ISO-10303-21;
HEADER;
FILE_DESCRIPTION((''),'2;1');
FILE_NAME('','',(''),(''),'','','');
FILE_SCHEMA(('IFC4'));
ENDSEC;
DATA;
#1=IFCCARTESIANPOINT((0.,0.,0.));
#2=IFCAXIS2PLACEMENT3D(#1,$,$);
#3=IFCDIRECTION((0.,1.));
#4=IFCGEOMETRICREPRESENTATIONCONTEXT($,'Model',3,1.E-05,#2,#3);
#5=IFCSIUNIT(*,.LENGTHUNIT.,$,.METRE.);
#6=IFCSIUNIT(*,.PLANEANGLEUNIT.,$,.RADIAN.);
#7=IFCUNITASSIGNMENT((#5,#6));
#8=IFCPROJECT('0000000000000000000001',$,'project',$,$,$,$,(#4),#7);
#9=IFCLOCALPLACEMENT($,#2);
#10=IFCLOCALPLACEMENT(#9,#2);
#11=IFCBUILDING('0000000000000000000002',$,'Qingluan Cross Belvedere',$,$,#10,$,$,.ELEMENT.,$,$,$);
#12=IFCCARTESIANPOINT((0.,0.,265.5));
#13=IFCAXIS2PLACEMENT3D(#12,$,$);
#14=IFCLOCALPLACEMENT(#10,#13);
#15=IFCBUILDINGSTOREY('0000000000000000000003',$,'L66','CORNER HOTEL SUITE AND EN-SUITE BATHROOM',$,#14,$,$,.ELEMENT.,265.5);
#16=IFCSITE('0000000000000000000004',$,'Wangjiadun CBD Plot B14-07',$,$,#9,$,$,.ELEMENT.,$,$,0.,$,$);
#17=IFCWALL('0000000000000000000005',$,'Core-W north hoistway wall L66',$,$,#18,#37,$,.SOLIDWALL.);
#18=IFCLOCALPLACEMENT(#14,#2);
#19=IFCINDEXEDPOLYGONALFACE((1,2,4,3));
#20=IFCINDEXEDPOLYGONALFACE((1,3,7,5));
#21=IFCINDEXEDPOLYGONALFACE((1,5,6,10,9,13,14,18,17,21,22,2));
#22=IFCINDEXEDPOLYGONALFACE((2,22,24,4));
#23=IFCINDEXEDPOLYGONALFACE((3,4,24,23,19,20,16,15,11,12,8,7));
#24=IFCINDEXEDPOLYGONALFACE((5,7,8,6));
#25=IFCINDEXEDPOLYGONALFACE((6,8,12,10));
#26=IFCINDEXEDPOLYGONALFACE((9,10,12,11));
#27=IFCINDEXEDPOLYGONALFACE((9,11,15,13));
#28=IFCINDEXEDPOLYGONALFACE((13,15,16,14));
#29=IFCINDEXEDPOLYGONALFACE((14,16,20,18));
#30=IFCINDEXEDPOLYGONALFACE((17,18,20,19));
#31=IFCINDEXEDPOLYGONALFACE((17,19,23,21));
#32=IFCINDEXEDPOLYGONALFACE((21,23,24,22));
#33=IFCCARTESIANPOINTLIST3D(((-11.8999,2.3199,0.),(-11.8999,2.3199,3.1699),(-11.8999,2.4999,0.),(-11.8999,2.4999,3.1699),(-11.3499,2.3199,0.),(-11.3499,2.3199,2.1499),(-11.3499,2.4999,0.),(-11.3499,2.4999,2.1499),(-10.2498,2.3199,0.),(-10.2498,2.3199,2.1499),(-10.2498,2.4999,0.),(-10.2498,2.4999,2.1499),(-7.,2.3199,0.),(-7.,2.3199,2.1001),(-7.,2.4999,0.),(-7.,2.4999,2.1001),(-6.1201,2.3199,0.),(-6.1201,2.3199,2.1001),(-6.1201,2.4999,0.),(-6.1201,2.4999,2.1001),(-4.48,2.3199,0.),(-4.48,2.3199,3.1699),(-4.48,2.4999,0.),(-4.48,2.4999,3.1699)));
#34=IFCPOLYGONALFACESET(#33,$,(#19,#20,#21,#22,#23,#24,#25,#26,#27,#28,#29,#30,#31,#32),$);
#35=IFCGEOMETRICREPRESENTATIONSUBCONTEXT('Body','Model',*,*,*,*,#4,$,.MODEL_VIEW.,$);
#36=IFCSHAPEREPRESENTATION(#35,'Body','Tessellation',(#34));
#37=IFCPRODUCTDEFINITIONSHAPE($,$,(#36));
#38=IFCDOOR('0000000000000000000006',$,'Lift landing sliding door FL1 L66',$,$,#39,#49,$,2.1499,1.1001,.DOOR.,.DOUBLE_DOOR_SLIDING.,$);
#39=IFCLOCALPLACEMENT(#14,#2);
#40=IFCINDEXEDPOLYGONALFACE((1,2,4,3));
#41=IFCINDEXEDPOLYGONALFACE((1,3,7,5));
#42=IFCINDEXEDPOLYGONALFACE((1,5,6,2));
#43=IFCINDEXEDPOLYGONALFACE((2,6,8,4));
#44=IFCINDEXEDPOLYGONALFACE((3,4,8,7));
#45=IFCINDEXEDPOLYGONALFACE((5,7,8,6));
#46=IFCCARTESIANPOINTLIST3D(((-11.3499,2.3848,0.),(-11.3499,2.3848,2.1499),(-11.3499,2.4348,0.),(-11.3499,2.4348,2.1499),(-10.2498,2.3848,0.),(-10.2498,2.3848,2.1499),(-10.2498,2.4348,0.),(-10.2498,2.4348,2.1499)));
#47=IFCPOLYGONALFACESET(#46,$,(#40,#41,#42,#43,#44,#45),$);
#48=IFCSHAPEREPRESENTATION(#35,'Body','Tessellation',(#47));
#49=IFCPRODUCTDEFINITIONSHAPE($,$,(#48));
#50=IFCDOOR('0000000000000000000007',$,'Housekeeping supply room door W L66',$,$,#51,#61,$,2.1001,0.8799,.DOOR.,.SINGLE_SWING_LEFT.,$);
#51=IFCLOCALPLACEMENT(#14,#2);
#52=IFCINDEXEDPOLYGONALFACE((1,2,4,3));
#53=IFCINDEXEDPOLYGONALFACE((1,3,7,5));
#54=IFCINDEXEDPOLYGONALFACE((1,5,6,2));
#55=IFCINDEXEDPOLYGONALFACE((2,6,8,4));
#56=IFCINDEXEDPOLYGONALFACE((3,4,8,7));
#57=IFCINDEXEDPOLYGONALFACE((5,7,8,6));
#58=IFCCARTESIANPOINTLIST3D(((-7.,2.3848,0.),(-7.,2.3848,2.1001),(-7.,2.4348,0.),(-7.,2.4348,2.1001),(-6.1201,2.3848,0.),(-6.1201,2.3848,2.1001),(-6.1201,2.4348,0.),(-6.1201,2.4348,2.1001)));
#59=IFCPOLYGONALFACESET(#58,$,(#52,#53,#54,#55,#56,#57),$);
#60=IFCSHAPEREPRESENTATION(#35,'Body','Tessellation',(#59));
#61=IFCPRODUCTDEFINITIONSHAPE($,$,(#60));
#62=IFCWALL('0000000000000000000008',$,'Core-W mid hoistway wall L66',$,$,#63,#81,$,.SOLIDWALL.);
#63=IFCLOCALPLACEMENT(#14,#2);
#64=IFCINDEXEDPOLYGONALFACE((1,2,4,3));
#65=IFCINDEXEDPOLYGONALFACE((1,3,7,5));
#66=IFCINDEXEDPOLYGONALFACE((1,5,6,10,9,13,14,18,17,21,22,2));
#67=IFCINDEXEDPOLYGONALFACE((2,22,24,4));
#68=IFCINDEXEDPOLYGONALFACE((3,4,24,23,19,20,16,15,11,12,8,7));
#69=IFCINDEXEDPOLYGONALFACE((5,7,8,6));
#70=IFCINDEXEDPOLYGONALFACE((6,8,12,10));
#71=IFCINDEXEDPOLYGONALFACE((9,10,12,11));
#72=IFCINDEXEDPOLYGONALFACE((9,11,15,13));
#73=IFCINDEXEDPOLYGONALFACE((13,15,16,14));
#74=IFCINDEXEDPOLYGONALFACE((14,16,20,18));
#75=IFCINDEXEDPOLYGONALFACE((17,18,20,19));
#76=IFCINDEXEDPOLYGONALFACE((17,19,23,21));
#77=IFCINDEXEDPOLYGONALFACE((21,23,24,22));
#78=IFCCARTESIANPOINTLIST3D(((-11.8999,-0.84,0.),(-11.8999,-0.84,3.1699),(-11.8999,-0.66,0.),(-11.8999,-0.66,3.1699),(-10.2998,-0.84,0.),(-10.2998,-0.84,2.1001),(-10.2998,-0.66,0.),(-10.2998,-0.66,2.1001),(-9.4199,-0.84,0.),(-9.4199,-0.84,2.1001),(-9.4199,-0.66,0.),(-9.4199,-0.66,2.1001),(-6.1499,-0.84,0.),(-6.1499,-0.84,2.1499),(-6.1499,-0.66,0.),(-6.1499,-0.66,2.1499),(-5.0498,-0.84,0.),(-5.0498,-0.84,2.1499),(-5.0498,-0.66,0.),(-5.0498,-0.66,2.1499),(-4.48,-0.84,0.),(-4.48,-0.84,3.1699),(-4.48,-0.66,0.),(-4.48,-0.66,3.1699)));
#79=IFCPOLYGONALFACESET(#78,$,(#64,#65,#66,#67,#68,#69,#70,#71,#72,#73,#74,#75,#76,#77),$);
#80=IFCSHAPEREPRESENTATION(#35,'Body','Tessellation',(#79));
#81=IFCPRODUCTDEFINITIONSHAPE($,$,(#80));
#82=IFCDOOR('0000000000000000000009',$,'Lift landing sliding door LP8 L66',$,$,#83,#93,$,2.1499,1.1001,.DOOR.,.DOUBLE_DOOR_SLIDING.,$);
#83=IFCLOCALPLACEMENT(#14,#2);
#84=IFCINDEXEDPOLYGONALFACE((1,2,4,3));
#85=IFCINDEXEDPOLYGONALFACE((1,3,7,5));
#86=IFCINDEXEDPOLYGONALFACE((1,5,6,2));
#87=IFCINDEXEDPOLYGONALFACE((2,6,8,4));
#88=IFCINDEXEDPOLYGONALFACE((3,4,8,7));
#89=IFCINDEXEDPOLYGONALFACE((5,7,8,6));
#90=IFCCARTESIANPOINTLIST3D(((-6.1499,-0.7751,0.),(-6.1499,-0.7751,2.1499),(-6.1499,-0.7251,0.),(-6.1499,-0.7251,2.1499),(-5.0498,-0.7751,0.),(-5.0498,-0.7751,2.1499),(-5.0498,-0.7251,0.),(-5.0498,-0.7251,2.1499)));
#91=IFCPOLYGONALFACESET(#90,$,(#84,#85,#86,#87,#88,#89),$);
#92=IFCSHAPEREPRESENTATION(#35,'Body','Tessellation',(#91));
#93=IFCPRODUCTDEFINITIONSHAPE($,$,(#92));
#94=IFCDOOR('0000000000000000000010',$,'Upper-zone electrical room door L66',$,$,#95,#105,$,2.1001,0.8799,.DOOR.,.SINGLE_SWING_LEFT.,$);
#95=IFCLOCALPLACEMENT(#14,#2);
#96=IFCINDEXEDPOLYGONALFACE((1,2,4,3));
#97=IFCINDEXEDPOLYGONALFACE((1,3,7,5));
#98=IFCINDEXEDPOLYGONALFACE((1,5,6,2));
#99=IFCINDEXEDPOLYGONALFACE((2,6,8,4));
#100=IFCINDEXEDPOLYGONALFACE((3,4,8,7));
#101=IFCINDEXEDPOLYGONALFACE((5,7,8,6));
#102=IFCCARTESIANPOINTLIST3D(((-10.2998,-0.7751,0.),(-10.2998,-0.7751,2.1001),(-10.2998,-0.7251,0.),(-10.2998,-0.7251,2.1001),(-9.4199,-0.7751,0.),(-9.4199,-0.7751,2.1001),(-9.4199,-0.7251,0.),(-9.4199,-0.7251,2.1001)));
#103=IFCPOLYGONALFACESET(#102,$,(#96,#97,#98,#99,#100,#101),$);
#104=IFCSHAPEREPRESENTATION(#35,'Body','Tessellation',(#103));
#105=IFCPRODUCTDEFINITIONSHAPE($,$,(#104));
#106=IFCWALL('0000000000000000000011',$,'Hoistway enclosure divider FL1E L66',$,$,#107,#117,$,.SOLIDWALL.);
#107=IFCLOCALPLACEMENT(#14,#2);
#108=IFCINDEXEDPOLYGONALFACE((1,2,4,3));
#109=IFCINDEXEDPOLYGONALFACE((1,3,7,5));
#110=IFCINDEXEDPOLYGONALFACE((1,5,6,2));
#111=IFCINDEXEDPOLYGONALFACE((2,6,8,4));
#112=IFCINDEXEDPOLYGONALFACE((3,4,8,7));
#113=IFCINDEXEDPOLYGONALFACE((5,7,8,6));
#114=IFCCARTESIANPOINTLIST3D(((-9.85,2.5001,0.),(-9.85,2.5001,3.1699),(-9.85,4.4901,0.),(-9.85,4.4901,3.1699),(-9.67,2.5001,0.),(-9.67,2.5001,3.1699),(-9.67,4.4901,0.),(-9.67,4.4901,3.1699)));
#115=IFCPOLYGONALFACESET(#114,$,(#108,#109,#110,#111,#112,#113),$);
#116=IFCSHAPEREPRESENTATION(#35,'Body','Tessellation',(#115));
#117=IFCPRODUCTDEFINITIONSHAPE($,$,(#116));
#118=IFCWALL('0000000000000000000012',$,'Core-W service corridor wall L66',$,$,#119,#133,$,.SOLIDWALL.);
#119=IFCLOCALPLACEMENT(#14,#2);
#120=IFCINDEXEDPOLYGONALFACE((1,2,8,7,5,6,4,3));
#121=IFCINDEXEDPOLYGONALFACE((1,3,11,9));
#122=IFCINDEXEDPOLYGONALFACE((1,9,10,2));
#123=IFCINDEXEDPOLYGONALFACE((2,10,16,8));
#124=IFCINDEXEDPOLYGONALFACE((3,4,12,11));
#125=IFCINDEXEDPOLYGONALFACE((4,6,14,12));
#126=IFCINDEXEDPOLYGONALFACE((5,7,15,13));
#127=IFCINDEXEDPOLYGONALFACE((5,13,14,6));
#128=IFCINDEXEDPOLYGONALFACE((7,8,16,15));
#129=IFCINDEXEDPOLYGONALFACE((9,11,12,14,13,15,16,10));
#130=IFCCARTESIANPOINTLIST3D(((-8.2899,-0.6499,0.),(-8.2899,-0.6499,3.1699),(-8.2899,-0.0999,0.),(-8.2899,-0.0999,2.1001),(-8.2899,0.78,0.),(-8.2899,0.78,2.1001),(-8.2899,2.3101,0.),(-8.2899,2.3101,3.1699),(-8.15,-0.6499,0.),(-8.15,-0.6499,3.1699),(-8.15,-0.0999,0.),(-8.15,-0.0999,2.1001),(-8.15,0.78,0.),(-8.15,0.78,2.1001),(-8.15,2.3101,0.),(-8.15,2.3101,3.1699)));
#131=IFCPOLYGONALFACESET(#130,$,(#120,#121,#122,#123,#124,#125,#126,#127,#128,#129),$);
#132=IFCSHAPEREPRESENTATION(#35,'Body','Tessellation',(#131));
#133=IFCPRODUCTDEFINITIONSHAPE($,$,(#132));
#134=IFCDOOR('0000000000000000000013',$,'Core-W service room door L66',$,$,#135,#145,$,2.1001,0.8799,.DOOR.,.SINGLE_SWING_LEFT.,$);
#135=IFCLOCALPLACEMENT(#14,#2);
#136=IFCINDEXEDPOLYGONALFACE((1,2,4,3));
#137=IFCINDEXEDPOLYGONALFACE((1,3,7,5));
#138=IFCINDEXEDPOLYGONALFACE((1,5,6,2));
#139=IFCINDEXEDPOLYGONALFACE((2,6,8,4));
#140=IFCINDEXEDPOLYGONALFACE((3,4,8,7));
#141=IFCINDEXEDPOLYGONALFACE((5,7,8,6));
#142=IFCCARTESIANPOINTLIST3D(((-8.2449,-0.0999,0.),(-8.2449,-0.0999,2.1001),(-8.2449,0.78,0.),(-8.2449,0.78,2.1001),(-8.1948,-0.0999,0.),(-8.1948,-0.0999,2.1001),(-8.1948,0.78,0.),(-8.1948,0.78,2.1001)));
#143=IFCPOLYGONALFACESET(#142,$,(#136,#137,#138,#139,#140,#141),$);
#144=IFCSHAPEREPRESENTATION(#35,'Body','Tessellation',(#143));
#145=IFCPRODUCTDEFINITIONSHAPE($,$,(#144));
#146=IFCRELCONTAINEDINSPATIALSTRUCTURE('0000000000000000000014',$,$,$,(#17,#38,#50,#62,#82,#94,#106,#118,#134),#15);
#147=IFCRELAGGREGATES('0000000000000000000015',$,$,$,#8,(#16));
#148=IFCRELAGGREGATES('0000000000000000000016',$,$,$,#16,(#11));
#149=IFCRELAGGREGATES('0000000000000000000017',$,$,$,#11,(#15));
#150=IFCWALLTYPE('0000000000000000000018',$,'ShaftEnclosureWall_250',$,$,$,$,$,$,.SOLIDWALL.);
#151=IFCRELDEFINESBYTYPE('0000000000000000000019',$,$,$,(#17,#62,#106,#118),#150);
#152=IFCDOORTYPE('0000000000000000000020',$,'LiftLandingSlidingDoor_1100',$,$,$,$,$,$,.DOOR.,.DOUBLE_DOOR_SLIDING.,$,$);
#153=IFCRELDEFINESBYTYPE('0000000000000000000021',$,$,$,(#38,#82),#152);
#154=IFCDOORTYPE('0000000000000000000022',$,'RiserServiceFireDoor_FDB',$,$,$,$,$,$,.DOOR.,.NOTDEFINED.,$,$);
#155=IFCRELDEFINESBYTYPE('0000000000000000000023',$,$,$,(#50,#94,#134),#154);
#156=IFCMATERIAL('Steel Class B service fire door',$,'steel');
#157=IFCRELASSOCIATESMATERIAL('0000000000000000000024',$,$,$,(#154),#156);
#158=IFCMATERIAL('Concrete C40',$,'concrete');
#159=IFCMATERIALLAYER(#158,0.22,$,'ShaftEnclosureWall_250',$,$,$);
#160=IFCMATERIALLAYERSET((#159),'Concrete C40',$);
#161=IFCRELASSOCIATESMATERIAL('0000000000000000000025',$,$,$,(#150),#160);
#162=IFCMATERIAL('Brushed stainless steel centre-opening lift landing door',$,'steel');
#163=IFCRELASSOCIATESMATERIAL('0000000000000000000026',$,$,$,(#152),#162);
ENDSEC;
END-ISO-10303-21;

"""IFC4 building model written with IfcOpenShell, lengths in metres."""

from ifc_helpers import new_model, si_unit, direction, frame, frame_2d, origin, place, context, subcontext, project, spatial, rectangle, extrude, material, layer, layer_set, type_object, element, fill, save


model = new_model("IFC4")

# Units and contexts
model_context = context("Model", 3, precision=1e-05, world=origin(), true_north=direction((0.0, 1.0)))
body_context = subcontext(model_context, "Body", "Model", "MODEL_VIEW")
ifc_project = project(units=[si_unit("LENGTHUNIT", "METRE"), si_unit("PLANEANGLEUNIT", "RADIAN")], contexts=[model_context])

# Site, building, storey
site_placement = place(None, origin())
site = spatial("IfcSite", under=ifc_project, at=site_placement, Name="Wangjiadun CBD Plot B14-07", CompositionType="ELEMENT", RefElevation=0.0)
building_placement = place(site_placement, origin())
building = spatial("IfcBuilding", under=site, at=building_placement, Name="Qingluan Cross Belvedere", CompositionType="ELEMENT")
storey_placement = place(building_placement, frame((0.0, 0.0, 265.5)))
storey = spatial("IfcBuildingStorey", under=building, at=storey_placement, Name="L66", Description="CORNER HOTEL SUITE AND EN-SUITE BATHROOM", CompositionType="ELEMENT", Elevation=265.5)

# Shared definitions
ifc_material_1 = material(Name="Steel Class B service fire door", Category="steel")
door_type_1 = type_object("IfcDoorType", Name="RiserServiceFireDoor_FDB", OperationType="NOTDEFINED", PredefinedType="DOOR", material=ifc_material_1)

# Walls, openings, doors
ifc_material_2 = material(Name="Concrete C40", Category="concrete")
ifc_layer_1 = layer(ifc_material_2, 0.22, Name="ShaftEnclosureWall_250")
ifc_layer_set_1 = layer_set([ifc_layer_1], Name="Concrete C40")
wall_type_1 = type_object("IfcWallType", Name="ShaftEnclosureWall_250", PredefinedType="SOLIDWALL", material=ifc_layer_set_1)
wall_1_placement = place(storey_placement, frame((-11.8999, 2.4099, 0.0), z_axis=(0.0, 0.0, 1.0), x_axis=(1.0, 0.0, 0.0)))
wall_1 = element("IfcWall", 1, at=wall_1_placement, inside=storey, type_object=wall_type_1, Name="Core-W north hoistway wall L66", PredefinedType="SOLIDWALL", context=body_context, shape_type="SweptSolid", body=[
    extrude(rectangle(XDim=7.4199, YDim=0.1799, at=frame_2d((3.71, 0.0))), origin(), (0.0, 0.0, 1.0), 3.1699),
])
opening_1_placement = place(wall_1_placement, frame((0.55, 0.0, 0.0)))
opening_1 = element("IfcOpeningElement", 2, at=opening_1_placement, cuts=wall_1, PredefinedType="OPENING", context=body_context, shape_type="SweptSolid", body=[
    extrude(rectangle(XDim=1.1001, YDim=2.1499, at=frame_2d((0.55, 1.075))), frame((0.0, 0.0999, 0.0), z_axis=(0.0, -1.0, 0.0), x_axis=(1.0, 0.0, 0.0)), (0.0, 0.0, 1.0), 0.2),
])
opening_2_placement = place(wall_1_placement, frame((4.8999, 0.0, 0.0)))
opening_2 = element("IfcOpeningElement", 3, at=opening_2_placement, cuts=wall_1, PredefinedType="OPENING", context=body_context, shape_type="SweptSolid", body=[
    extrude(rectangle(XDim=0.8799, YDim=2.1001, at=frame_2d((0.4399, 1.05))), frame((0.0, 0.0999, 0.0), z_axis=(0.0, -1.0, 0.0), x_axis=(1.0, 0.0, 0.0)), (0.0, 0.0, 1.0), 0.2),
])
ifc_material_3 = material(Name="Brushed stainless steel centre-opening lift landing door", Category="steel")
door_type_2 = type_object("IfcDoorType", Name="LiftLandingSlidingDoor_1100", OperationType="DOUBLE_DOOR_SLIDING", PredefinedType="DOOR", material=ifc_material_3)
door_1_placement = place(opening_1_placement, origin())
door_1 = element("IfcDoor", 4, at=door_1_placement, inside=storey, type_object=door_type_2, Name="Lift landing sliding door FL1 L66", OperationType="DOUBLE_DOOR_SLIDING", OverallHeight=2.1499, OverallWidth=1.1001, PredefinedType="DOOR", context=body_context, shape_type="SweptSolid", body=[
    extrude(rectangle(XDim=1.1001, YDim=2.1499, at=frame_2d((0.55, 1.075))), frame((0.0, 0.0249, 0.0), z_axis=(0.0, -1.0, 0.0), x_axis=(1.0, 0.0, 0.0)), (0.0, 0.0, 1.0), 0.05),
])
fill(opening_1, door_1)
door_2_placement = place(opening_2_placement, origin())
door_2 = element("IfcDoor", 5, at=door_2_placement, inside=storey, type_object=door_type_1, Name="Housekeeping supply room door W L66", OperationType="SINGLE_SWING_LEFT", OverallHeight=2.1001, OverallWidth=0.8799, PredefinedType="DOOR", context=body_context, shape_type="SweptSolid", body=[
    extrude(rectangle(XDim=0.8799, YDim=2.1001, at=frame_2d((0.4399, 1.05))), frame((0.0, 0.0249, 0.0), z_axis=(0.0, -1.0, 0.0), x_axis=(1.0, 0.0, 0.0)), (0.0, 0.0, 1.0), 0.05),
])
fill(opening_2, door_2)
wall_2_placement = place(storey_placement, frame((-11.8999, -0.75, 0.0), z_axis=(0.0, 0.0, 1.0), x_axis=(1.0, 0.0, 0.0)))
wall_2 = element("IfcWall", 6, at=wall_2_placement, inside=storey, type_object=wall_type_1, Name="Core-W mid hoistway wall L66", PredefinedType="SOLIDWALL", context=body_context, shape_type="SweptSolid", body=[
    extrude(rectangle(XDim=7.4199, YDim=0.1799, at=frame_2d((3.71, 0.0))), origin(), (0.0, 0.0, 1.0), 3.1699),
])
opening_3_placement = place(wall_2_placement, frame((5.75, 0.0, 0.0)))
opening_3 = element("IfcOpeningElement", 7, at=opening_3_placement, cuts=wall_2, PredefinedType="OPENING", context=body_context, shape_type="SweptSolid", body=[
    extrude(rectangle(XDim=1.1001, YDim=2.1499, at=frame_2d((0.55, 1.075))), frame((0.0, 0.0999, 0.0), z_axis=(0.0, -1.0, 0.0), x_axis=(1.0, 0.0, 0.0)), (0.0, 0.0, 1.0), 0.2),
])
opening_4_placement = place(wall_2_placement, frame((1.6001, 0.0, 0.0)))
opening_4 = element("IfcOpeningElement", 8, at=opening_4_placement, cuts=wall_2, PredefinedType="OPENING", context=body_context, shape_type="SweptSolid", body=[
    extrude(rectangle(XDim=0.8799, YDim=2.1001, at=frame_2d((0.4399, 1.05))), frame((0.0, 0.0999, 0.0), z_axis=(0.0, -1.0, 0.0), x_axis=(1.0, 0.0, 0.0)), (0.0, 0.0, 1.0), 0.2),
])
door_3_placement = place(opening_3_placement, origin())
door_3 = element("IfcDoor", 9, at=door_3_placement, inside=storey, type_object=door_type_2, Name="Lift landing sliding door LP8 L66", OperationType="DOUBLE_DOOR_SLIDING", OverallHeight=2.1499, OverallWidth=1.1001, PredefinedType="DOOR", context=body_context, shape_type="SweptSolid", body=[
    extrude(rectangle(XDim=1.1001, YDim=2.1499, at=frame_2d((0.55, 1.075))), frame((0.0, 0.0249, 0.0), z_axis=(0.0, -1.0, 0.0), x_axis=(1.0, 0.0, 0.0)), (0.0, 0.0, 1.0), 0.05),
])
fill(opening_3, door_3)
door_4_placement = place(opening_4_placement, origin())
door_4 = element("IfcDoor", 10, at=door_4_placement, inside=storey, type_object=door_type_1, Name="Upper-zone electrical room door L66", OperationType="SINGLE_SWING_LEFT", OverallHeight=2.1001, OverallWidth=0.8799, PredefinedType="DOOR", context=body_context, shape_type="SweptSolid", body=[
    extrude(rectangle(XDim=0.8799, YDim=2.1001, at=frame_2d((0.4399, 1.05))), frame((0.0, 0.0249, 0.0), z_axis=(0.0, -1.0, 0.0), x_axis=(1.0, 0.0, 0.0)), (0.0, 0.0, 1.0), 0.05),
])
fill(opening_4, door_4)

# Wall
wall_3_placement = place(storey_placement, frame((-9.76, 2.5, 0.0), z_axis=(0.0, 0.0, 1.0), x_axis=(0.0, 1.0, 0.0)))
element("IfcWall", 11, at=wall_3_placement, inside=storey, type_object=wall_type_1, Name="Hoistway enclosure divider FL1E L66", PredefinedType="SOLIDWALL", context=body_context, shape_type="SweptSolid", body=[
    extrude(rectangle(XDim=1.99, YDim=0.1799, at=frame_2d((0.9951, 0.0))), origin(), (0.0, 0.0, 1.0), 3.1699),
])

# Wall, opening, door
wall_4_placement = place(storey_placement, frame((-8.22, -0.6499, 0.0), z_axis=(0.0, 0.0, 1.0), x_axis=(0.0, 1.0, 0.0)))
wall_4 = element("IfcWall", 12, at=wall_4_placement, inside=storey, type_object=wall_type_1, Name="Core-W service corridor wall L66", PredefinedType="SOLIDWALL", context=body_context, shape_type="SweptSolid", body=[
    extrude(rectangle(XDim=2.96, YDim=0.1399, at=frame_2d((1.48, 0.0))), origin(), (0.0, 0.0, 1.0), 3.1699),
])
opening_5_placement = place(wall_4_placement, frame((0.55, 0.0, 0.0)))
opening_5 = element("IfcOpeningElement", 13, at=opening_5_placement, cuts=wall_4, PredefinedType="OPENING", context=body_context, shape_type="SweptSolid", body=[
    extrude(rectangle(XDim=0.8799, YDim=2.1001, at=frame_2d((0.4399, 1.05))), frame((0.0, 0.0798, 0.0), z_axis=(0.0, -1.0, 0.0), x_axis=(1.0, 0.0, 0.0)), (0.0, 0.0, 1.0), 0.1599),
])
door_5_placement = place(opening_5_placement, origin())
door_5 = element("IfcDoor", 14, at=door_5_placement, inside=storey, type_object=door_type_1, Name="Core-W service room door L66", OperationType="SINGLE_SWING_LEFT", OverallHeight=2.1001, OverallWidth=0.8799, PredefinedType="DOOR", context=body_context, shape_type="SweptSolid", body=[
    extrude(rectangle(XDim=0.8799, YDim=2.1001, at=frame_2d((0.4399, 1.05))), frame((0.0, 0.0249, 0.0), z_axis=(0.0, -1.0, 0.0), x_axis=(1.0, 0.0, 0.0)), (0.0, 0.0, 1.0), 0.05),
])
fill(opening_5, door_5)

save(model, "model.ifc")
